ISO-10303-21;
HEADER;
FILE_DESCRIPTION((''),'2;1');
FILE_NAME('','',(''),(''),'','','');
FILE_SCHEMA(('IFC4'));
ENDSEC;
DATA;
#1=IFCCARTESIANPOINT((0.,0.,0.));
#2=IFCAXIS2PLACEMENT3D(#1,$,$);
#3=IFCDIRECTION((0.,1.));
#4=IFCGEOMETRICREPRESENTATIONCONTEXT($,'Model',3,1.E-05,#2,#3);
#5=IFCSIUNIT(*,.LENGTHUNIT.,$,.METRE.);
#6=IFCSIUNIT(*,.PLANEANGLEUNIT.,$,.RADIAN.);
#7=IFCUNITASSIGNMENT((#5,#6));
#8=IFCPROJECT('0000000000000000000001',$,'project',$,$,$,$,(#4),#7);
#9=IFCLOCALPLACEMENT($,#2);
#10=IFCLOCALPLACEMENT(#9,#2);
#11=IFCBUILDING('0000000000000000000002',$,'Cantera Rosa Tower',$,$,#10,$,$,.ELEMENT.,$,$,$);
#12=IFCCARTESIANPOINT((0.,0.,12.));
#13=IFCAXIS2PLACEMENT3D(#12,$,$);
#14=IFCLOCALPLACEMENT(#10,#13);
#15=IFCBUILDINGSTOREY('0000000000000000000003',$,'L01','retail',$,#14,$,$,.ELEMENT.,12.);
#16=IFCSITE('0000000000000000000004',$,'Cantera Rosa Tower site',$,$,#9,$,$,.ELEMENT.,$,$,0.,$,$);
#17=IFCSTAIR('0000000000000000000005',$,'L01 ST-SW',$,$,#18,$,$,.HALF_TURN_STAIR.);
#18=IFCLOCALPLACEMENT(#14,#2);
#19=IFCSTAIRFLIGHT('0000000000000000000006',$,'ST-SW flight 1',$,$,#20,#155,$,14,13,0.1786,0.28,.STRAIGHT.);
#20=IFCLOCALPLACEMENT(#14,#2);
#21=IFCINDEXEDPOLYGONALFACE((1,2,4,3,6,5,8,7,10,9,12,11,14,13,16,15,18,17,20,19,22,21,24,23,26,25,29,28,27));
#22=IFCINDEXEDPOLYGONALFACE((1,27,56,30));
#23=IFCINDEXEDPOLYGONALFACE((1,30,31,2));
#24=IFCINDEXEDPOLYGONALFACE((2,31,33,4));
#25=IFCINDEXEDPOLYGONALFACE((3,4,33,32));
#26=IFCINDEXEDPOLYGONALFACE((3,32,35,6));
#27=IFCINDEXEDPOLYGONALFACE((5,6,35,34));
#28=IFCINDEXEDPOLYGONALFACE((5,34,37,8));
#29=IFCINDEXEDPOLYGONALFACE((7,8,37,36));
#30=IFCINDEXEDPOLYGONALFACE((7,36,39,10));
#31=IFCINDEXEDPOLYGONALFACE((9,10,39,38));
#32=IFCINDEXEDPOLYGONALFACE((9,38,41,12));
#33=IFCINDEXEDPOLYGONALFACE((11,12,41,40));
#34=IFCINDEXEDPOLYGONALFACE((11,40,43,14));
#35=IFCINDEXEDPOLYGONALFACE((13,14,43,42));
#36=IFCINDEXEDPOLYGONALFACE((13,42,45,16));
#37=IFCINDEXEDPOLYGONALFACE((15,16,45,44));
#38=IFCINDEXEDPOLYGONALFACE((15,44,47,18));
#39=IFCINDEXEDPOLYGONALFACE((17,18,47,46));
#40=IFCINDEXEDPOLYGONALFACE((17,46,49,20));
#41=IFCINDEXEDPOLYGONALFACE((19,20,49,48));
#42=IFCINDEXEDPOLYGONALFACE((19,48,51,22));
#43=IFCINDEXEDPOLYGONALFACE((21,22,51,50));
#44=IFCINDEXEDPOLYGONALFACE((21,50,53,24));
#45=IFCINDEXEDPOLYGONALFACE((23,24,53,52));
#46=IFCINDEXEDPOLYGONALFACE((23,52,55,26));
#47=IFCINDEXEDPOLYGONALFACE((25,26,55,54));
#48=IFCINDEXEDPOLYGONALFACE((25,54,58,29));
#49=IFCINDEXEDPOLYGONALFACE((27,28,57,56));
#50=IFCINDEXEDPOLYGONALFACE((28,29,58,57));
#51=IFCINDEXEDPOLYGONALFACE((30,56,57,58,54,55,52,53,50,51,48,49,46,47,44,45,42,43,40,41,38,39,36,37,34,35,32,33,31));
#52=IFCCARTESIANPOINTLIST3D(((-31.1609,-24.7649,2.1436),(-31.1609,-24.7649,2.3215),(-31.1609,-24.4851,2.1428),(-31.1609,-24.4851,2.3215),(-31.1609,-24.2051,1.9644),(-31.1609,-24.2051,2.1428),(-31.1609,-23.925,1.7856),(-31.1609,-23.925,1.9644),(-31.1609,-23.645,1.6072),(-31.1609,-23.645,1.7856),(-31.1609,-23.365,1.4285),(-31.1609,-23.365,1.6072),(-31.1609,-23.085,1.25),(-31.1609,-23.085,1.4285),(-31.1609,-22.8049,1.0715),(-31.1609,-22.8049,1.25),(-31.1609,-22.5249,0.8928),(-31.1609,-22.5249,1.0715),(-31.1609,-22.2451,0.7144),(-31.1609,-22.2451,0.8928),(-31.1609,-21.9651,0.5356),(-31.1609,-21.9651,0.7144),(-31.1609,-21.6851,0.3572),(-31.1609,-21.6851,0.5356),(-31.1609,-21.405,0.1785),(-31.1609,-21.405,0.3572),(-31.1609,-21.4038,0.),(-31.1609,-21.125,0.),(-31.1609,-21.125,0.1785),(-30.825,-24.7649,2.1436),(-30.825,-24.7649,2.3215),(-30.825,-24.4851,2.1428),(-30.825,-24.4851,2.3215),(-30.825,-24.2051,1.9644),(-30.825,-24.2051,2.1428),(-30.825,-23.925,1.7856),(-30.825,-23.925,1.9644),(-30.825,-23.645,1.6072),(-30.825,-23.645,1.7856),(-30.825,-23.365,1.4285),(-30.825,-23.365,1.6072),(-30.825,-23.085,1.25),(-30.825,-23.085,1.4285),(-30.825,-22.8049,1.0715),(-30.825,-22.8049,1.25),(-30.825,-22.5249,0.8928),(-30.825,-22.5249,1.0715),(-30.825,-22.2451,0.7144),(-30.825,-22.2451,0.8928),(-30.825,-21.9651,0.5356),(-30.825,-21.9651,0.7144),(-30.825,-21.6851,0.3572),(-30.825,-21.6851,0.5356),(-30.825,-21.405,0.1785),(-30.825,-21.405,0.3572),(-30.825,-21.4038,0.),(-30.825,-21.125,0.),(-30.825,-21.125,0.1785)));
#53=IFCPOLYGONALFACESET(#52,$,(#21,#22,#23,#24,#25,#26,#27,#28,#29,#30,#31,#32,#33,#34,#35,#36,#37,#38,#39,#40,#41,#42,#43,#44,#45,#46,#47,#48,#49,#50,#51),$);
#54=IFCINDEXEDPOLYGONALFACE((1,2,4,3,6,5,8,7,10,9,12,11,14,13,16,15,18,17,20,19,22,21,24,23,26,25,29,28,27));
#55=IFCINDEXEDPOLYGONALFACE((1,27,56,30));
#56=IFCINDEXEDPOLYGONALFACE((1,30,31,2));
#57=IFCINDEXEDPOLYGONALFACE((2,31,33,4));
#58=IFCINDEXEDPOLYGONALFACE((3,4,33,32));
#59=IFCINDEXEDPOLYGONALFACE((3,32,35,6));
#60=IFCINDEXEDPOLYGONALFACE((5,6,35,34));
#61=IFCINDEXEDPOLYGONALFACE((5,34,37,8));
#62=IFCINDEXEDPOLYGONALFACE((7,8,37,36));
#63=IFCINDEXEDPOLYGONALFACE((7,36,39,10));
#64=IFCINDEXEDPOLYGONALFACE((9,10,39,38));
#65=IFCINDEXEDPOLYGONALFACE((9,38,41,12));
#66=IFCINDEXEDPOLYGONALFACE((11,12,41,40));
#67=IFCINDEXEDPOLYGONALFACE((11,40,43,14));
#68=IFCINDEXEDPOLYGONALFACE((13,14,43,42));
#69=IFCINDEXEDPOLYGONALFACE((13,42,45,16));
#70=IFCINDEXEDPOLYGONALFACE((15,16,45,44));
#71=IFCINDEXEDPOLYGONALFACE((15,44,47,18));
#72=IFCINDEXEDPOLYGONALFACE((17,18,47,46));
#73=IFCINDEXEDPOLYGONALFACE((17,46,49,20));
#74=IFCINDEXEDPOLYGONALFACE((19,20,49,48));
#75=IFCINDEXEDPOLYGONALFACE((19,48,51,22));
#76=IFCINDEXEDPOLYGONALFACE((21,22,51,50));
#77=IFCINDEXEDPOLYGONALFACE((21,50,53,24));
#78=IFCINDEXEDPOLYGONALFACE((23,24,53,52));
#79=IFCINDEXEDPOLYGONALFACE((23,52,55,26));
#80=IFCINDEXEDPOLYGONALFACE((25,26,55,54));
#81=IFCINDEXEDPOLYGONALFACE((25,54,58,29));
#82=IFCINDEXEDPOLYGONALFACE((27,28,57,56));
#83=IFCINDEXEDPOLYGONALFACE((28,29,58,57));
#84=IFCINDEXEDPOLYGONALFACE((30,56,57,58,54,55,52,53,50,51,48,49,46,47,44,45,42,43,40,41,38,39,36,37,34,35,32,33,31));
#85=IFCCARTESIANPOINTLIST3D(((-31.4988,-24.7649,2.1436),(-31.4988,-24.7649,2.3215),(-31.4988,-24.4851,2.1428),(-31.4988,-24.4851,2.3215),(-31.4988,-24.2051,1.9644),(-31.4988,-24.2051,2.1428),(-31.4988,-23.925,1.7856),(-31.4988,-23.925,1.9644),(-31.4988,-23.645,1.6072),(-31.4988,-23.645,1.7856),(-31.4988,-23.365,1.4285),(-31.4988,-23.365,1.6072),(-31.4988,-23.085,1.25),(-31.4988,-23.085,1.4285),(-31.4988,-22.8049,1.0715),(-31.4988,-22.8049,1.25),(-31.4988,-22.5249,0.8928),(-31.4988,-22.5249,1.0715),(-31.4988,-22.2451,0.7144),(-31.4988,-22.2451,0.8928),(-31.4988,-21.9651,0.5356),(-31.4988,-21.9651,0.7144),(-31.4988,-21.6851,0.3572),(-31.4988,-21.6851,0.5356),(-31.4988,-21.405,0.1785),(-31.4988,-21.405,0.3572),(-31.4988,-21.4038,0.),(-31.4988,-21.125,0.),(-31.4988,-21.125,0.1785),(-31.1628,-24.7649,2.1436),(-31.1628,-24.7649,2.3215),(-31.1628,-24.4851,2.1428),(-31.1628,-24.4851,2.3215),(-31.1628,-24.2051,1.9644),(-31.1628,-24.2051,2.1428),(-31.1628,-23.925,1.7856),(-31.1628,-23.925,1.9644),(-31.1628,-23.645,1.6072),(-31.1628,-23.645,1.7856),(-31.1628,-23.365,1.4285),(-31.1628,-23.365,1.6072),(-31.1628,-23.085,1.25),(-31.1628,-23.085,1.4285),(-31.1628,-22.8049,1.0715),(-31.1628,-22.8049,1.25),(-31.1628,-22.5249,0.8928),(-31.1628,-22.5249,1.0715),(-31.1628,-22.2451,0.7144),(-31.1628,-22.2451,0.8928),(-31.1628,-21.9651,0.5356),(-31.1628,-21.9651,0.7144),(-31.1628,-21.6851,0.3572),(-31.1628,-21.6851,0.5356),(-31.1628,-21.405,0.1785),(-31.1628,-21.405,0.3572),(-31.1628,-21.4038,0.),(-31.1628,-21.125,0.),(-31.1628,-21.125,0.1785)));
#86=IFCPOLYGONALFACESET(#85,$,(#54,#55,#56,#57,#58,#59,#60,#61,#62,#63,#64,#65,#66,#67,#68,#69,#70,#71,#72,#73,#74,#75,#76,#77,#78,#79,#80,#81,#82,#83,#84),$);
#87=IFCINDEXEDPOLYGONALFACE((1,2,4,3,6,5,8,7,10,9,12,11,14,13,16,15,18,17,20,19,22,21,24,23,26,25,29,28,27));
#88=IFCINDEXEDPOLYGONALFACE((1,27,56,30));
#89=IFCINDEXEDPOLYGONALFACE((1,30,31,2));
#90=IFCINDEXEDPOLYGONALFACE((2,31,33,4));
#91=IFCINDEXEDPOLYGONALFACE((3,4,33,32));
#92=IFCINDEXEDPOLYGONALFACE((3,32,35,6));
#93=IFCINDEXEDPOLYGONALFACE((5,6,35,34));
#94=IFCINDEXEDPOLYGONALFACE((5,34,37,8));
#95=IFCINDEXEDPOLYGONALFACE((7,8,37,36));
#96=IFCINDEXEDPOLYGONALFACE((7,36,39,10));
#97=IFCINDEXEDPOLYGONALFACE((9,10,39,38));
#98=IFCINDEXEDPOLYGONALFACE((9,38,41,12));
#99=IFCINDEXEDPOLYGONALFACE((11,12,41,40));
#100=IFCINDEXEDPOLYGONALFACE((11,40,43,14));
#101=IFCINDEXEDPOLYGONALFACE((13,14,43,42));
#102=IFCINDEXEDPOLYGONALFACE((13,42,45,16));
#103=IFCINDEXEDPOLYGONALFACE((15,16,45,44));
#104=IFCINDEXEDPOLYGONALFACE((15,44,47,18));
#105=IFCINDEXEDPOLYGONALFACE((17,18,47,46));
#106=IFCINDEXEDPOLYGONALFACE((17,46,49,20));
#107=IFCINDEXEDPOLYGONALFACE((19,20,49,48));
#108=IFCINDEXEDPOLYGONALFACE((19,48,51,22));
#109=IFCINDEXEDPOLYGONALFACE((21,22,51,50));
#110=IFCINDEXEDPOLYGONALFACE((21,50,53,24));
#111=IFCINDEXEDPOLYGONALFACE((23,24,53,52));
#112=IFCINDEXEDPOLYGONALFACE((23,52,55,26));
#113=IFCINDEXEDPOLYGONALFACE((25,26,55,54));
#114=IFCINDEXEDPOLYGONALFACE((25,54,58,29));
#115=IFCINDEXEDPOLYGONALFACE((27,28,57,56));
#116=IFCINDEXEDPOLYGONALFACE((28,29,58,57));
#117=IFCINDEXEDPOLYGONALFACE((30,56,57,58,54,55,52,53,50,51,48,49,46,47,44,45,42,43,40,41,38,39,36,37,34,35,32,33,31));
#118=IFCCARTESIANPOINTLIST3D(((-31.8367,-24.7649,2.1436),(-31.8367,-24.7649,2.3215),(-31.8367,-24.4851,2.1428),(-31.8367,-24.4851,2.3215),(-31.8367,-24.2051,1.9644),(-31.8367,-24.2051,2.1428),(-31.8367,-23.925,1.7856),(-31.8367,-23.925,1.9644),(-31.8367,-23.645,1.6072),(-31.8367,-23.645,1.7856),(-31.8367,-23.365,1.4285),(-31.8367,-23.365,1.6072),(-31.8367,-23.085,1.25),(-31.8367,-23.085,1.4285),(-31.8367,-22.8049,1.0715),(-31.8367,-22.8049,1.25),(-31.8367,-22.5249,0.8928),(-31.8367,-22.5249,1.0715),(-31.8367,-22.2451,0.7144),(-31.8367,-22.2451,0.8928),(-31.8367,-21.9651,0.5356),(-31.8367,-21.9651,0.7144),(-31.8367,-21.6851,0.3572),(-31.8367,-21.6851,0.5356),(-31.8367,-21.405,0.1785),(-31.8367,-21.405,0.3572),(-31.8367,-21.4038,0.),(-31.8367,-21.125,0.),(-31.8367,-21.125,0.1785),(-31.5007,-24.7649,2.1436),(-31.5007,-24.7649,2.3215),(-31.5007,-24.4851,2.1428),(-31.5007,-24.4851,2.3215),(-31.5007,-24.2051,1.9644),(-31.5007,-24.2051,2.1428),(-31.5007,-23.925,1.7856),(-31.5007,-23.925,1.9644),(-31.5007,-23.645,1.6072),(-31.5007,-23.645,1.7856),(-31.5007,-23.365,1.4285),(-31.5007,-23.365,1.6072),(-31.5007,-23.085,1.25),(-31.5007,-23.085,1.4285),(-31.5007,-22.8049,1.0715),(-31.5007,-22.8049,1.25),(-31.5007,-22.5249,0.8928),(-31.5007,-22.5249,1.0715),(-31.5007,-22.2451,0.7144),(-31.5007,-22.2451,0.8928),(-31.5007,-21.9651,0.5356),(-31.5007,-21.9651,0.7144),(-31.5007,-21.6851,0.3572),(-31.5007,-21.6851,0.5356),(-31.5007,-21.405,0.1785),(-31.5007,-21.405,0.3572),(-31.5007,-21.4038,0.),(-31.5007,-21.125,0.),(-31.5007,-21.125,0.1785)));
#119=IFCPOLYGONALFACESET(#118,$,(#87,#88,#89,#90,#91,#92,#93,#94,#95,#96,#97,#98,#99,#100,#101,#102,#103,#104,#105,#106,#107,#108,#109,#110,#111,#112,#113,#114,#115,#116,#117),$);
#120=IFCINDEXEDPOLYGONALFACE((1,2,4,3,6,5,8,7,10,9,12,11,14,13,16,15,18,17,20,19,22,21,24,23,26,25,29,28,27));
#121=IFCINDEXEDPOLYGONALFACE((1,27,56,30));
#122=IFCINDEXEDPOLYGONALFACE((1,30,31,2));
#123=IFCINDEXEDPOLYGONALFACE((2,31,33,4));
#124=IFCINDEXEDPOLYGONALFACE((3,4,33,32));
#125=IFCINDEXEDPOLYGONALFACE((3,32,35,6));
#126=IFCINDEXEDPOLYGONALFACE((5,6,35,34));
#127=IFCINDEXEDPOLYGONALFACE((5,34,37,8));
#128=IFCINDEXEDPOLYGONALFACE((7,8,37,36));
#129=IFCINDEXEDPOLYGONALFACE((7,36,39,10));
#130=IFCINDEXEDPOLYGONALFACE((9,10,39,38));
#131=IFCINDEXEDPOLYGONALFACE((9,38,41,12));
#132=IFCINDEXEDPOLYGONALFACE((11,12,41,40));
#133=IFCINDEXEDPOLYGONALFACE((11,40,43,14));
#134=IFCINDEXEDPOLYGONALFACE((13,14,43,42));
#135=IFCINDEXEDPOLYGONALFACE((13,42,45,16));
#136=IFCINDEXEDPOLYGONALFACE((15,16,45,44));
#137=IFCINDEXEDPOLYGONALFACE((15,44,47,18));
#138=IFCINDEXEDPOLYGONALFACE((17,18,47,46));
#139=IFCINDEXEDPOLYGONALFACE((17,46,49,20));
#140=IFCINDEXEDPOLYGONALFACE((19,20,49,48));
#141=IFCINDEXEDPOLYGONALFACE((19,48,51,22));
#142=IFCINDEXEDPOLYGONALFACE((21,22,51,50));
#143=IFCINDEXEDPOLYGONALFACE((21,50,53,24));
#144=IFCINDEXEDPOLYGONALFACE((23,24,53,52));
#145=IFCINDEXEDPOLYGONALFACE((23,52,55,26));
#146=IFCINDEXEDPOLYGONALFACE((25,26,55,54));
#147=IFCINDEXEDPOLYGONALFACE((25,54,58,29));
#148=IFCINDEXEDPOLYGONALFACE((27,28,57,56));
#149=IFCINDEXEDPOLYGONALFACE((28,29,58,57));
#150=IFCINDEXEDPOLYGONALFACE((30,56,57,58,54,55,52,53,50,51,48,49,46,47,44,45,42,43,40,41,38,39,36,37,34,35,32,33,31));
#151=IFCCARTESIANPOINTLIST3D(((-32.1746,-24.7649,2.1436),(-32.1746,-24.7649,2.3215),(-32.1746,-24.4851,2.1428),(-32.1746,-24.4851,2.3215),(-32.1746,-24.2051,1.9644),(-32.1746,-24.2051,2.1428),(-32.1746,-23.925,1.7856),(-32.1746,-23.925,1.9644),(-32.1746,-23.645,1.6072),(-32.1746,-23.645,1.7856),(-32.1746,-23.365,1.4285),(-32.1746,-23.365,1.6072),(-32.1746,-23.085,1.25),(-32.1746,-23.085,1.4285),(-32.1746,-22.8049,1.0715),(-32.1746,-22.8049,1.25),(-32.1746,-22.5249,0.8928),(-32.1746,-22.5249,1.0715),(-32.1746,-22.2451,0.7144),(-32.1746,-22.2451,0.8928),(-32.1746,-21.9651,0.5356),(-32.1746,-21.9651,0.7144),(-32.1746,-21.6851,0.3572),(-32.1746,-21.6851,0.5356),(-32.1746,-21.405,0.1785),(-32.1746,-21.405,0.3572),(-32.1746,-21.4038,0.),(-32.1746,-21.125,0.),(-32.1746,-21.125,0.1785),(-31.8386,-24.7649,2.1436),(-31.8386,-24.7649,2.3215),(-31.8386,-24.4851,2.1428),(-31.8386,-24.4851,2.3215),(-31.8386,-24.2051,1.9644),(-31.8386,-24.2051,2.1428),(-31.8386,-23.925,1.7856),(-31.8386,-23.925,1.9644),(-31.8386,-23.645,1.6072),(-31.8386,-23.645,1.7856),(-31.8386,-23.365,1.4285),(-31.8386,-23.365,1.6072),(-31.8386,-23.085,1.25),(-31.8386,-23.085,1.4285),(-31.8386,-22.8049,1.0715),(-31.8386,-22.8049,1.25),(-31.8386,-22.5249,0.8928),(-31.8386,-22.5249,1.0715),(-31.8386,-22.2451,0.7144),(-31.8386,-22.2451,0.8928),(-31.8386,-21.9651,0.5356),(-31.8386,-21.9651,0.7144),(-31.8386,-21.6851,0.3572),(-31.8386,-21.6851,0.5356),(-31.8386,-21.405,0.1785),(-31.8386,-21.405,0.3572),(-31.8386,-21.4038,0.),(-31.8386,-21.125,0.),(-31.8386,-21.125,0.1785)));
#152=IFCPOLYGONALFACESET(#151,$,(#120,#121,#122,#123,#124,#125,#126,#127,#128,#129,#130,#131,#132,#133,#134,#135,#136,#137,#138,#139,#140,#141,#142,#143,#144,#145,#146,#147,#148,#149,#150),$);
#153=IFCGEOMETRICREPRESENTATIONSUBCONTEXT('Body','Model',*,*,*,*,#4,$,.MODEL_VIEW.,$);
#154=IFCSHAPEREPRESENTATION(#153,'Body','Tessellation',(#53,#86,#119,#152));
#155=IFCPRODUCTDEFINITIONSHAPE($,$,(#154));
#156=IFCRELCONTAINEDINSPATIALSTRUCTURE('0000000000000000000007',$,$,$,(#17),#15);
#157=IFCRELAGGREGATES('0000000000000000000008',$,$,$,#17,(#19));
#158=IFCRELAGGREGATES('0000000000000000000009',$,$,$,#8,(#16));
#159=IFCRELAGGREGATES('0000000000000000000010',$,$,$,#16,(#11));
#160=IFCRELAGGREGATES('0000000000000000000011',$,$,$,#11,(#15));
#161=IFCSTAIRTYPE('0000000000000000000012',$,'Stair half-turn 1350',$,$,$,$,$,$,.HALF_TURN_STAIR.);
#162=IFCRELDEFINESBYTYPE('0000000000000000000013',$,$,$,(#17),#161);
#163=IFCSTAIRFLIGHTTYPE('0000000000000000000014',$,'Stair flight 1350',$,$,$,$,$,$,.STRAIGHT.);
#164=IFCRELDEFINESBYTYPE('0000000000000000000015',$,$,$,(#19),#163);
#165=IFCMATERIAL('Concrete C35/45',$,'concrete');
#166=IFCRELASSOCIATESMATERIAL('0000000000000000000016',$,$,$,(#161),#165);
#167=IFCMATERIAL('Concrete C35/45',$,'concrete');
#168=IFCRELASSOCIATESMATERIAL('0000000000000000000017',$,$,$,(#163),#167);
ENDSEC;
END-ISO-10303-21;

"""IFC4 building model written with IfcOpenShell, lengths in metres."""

from ifc_helpers import new_model, si_unit, direction, frame, origin, place, context, subcontext, project, spatial, polyline, outline, extrude, material, type_object, element, aggregate, save


model = new_model("IFC4")

# Units and contexts
model_context = context("Model", 3, precision=1e-05, world=origin(), true_north=direction((0.0, 1.0)))
body_context = subcontext(model_context, "Body", "Model", "MODEL_VIEW")
ifc_project = project(units=[si_unit("LENGTHUNIT", "METRE"), si_unit("PLANEANGLEUNIT", "RADIAN")], contexts=[model_context])

# Site, building, storey
site_placement = place(None, origin())
site = spatial("IfcSite", under=ifc_project, at=site_placement, Name="Cantera Rosa Tower site", CompositionType="ELEMENT", RefElevation=0.0)
building_placement = place(site_placement, origin())
building = spatial("IfcBuilding", under=site, at=building_placement, Name="Cantera Rosa Tower", CompositionType="ELEMENT")
storey_placement = place(building_placement, frame((0.0, 0.0, 12.0)))
storey = spatial("IfcBuildingStorey", under=building, at=storey_placement, Name="L01", Description="retail", CompositionType="ELEMENT", Elevation=12.0)

# Stair, stair flight
ifc_material_1 = material(Name="Concrete C35/45", Category="concrete")
stair_type = type_object("IfcStairType", Name="Stair half-turn 1350", PredefinedType="HALF_TURN_STAIR", material=ifc_material_1)
stair_placement = place(storey_placement, origin())
stair = element("IfcStair", 1, at=stair_placement, inside=storey, type_object=stair_type, Name="L01 ST-SW", PredefinedType="HALF_TURN_STAIR")
ifc_material_2 = material(Name="Concrete C35/45", Category="concrete")
stair_flight_type = type_object("IfcStairFlightType", Name="Stair flight 1350", PredefinedType="STRAIGHT", material=ifc_material_2)
stair_flight_1_placement = place(storey_placement, frame((-31.5, -21.125, 0.0), z_axis=(0.0, 0.0, 1.0), x_axis=(0.0, -1.0, 0.0)))
stair_flight_1 = element("IfcStairFlight", 2, at=stair_flight_1_placement, type_object=stair_flight_type, Name="ST-SW flight 1", NumberOfRisers=14, NumberOfTreads=13, PredefinedType="STRAIGHT", RiserHeight=0.1786, TreadLength=0.28, context=body_context, shape_type="SweptSolid", body=[
    extrude(outline(polyline([(0.0, 0.0), (0.0, 0.1785), (0.28, 0.1785), (0.28, 0.3572), (0.5601, 0.3572), (0.5601, 0.5356), (0.8401, 0.5356), (0.8401, 0.7144), (1.1201, 0.7144), (1.1201, 0.8928), (1.3999, 0.8928), (1.3999, 1.0715), (1.6799, 1.0715), (1.6799, 1.25), (1.96, 1.25), (1.96, 1.4285), (2.24, 1.4285), (2.24, 1.6072), (2.52, 1.6072), (2.52, 1.7856), (2.8, 1.7856), (2.8, 1.9644), (3.0801, 1.9644), (3.0801, 2.1428), (3.3601, 2.1428), (3.3601, 2.3215), (3.6399, 2.3215), (3.6399, 2.5), (3.6399, 2.1436), (0.2788, 0.0), (0.0, 0.0)])), frame((0.0, 0.675, 0.0), z_axis=(0.0, -1.0, 0.0), x_axis=(1.0, 0.0, 0.0)), (0.0, 0.0, 1.0), 0.3359),
    extrude(outline(polyline([(0.0, 0.0), (0.0, 0.1785), (0.28, 0.1785), (0.28, 0.3572), (0.5601, 0.3572), (0.5601, 0.5356), (0.8401, 0.5356), (0.8401, 0.7144), (1.1201, 0.7144), (1.1201, 0.8928), (1.3999, 0.8928), (1.3999, 1.0715), (1.6799, 1.0715), (1.6799, 1.25), (1.96, 1.25), (1.96, 1.4285), (2.24, 1.4285), (2.24, 1.6072), (2.52, 1.6072), (2.52, 1.7856), (2.8, 1.7856), (2.8, 1.9644), (3.0801, 1.9644), (3.0801, 2.1428), (3.3601, 2.1428), (3.3601, 2.3215), (3.6399, 2.3215), (3.6399, 2.5), (3.6399, 2.1436), (0.2788, 0.0), (0.0, 0.0)])), frame((0.0, 0.3372, 0.0), z_axis=(0.0, -1.0, 0.0), x_axis=(1.0, 0.0, 0.0)), (0.0, 0.0, 1.0), 0.3359),
    extrude(outline(polyline([(0.0, 0.0), (0.0, 0.1785), (0.28, 0.1785), (0.28, 0.3572), (0.5601, 0.3572), (0.5601, 0.5356), (0.8401, 0.5356), (0.8401, 0.7144), (1.1201, 0.7144), (1.1201, 0.8928), (1.3999, 0.8928), (1.3999, 1.0715), (1.6799, 1.0715), (1.6799, 1.25), (1.96, 1.25), (1.96, 1.4285), (2.24, 1.4285), (2.24, 1.6072), (2.52, 1.6072), (2.52, 1.7856), (2.8, 1.7856), (2.8, 1.9644), (3.0801, 1.9644), (3.0801, 2.1428), (3.3601, 2.1428), (3.3601, 2.3215), (3.6399, 2.3215), (3.6399, 2.5), (3.6399, 2.1436), (0.2788, 0.0), (0.0, 0.0)])), frame((0.0, -0.0007, 0.0), z_axis=(0.0, -1.0, 0.0), x_axis=(1.0, 0.0, 0.0)), (0.0, 0.0, 1.0), 0.3359),
    extrude(outline(polyline([(0.0, 0.0), (0.0, 0.1785), (0.28, 0.1785), (0.28, 0.3572), (0.5601, 0.3572), (0.5601, 0.5356), (0.8401, 0.5356), (0.8401, 0.7144), (1.1201, 0.7144), (1.1201, 0.8928), (1.3999, 0.8928), (1.3999, 1.0715), (1.6799, 1.0715), (1.6799, 1.25), (1.96, 1.25), (1.96, 1.4285), (2.24, 1.4285), (2.24, 1.6072), (2.52, 1.6072), (2.52, 1.7856), (2.8, 1.7856), (2.8, 1.9644), (3.0801, 1.9644), (3.0801, 2.1428), (3.3601, 2.1428), (3.3601, 2.3215), (3.6399, 2.3215), (3.6399, 2.5), (3.6399, 2.1436), (0.2788, 0.0), (0.0, 0.0)])), frame((0.0, -0.3386, 0.0), z_axis=(0.0, -1.0, 0.0), x_axis=(1.0, 0.0, 0.0)), (0.0, 0.0, 1.0), 0.3359),
])
aggregate(stair, [stair_flight_1])

save(model, "model.ifc")
